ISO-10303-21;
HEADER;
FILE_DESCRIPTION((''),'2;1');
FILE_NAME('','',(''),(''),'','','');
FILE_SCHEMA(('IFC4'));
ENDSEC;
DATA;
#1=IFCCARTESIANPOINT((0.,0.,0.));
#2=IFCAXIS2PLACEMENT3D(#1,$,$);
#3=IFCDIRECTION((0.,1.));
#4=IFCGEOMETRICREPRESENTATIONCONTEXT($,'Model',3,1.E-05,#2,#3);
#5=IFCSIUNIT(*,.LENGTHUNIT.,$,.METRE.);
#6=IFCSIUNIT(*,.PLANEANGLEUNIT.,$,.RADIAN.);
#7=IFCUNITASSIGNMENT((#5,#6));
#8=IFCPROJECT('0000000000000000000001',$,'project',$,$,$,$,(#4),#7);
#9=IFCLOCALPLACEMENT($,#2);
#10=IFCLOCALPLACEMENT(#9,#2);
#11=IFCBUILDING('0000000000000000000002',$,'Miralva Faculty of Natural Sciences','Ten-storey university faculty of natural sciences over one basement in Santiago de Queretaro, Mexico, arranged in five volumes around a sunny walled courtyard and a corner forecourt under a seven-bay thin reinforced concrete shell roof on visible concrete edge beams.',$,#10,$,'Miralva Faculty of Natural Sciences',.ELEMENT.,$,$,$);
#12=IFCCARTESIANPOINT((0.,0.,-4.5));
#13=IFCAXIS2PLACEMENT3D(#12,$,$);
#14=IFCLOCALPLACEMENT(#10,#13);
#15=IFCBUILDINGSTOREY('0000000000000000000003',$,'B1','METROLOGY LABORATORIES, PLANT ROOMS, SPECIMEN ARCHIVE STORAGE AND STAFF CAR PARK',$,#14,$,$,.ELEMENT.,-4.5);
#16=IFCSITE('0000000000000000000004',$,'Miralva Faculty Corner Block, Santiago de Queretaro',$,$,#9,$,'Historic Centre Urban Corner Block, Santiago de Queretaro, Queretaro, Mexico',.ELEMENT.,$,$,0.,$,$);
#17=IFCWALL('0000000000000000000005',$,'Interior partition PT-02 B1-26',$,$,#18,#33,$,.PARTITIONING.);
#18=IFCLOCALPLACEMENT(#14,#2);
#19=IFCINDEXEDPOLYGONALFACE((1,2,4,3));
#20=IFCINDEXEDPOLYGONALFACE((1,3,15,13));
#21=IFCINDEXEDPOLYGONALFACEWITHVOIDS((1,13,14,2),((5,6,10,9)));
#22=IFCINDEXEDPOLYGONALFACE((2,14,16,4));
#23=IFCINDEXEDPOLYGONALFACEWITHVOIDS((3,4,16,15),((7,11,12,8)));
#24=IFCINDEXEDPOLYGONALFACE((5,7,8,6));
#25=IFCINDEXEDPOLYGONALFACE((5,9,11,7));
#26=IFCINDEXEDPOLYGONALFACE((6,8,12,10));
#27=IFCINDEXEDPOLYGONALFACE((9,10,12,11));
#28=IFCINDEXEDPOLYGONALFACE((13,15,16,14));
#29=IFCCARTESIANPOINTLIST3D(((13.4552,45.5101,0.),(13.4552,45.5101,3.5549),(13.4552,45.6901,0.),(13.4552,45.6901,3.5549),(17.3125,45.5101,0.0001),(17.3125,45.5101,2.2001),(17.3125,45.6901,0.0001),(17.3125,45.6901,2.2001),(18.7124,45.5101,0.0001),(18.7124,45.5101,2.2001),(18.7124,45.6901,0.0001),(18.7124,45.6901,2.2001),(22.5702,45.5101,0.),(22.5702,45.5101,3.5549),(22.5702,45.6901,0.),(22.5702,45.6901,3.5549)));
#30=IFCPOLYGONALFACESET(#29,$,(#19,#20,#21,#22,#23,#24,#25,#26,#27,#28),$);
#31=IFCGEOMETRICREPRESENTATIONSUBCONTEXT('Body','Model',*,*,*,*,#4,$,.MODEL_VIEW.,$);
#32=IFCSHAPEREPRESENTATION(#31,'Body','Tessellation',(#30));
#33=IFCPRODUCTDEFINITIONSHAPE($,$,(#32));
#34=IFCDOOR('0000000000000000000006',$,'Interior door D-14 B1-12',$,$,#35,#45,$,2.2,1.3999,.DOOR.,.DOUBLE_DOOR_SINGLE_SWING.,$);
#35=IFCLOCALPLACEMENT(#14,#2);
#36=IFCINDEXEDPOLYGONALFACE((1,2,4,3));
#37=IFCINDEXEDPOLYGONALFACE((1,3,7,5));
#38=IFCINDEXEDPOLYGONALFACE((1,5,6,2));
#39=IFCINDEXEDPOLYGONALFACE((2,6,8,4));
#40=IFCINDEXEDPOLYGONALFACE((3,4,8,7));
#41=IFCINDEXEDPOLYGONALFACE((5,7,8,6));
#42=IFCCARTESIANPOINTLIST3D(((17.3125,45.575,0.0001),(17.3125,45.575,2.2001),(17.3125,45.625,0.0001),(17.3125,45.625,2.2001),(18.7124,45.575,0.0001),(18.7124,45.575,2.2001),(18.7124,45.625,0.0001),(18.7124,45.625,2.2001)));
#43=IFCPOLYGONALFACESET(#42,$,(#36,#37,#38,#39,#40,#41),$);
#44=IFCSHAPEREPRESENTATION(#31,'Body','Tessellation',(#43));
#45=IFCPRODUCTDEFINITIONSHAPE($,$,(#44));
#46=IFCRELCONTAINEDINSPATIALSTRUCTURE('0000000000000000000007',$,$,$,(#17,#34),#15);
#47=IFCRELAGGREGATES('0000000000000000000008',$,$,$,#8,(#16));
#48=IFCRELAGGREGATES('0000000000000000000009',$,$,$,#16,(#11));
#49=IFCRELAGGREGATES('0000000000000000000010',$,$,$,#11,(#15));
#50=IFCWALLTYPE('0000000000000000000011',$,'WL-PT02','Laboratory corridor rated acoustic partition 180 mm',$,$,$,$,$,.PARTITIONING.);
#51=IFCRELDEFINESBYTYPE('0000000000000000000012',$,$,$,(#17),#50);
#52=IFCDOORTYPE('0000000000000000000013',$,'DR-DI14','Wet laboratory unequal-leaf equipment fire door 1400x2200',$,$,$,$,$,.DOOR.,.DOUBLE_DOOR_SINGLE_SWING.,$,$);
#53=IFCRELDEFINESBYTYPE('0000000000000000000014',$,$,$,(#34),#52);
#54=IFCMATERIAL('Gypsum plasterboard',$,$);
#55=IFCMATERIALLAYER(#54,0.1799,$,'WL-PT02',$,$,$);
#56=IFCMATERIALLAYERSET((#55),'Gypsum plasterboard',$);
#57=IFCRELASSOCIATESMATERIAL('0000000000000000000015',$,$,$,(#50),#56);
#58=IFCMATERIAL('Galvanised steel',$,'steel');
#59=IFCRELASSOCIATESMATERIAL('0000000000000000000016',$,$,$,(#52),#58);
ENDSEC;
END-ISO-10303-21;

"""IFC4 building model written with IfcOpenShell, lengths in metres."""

from ifc_helpers import new_model, si_unit, direction, frame, frame_2d, origin, place, context, subcontext, project, spatial, rectangle, extrude, material, layer, layer_set, type_object, element, fill, save


model = new_model("IFC4")

# Units and contexts
model_context = context("Model", 3, precision=1e-05, world=origin(), true_north=direction((0.0, 1.0)))
body_context = subcontext(model_context, "Body", "Model", "MODEL_VIEW")
ifc_project = project(units=[si_unit("LENGTHUNIT", "METRE"), si_unit("PLANEANGLEUNIT", "RADIAN")], contexts=[model_context])

# Site, building, storey
site_placement = place(None, origin())
site = spatial("IfcSite", under=ifc_project, at=site_placement, Name="Miralva Faculty Corner Block, Santiago de Queretaro", LongName="Historic Centre Urban Corner Block, Santiago de Queretaro, Queretaro, Mexico", CompositionType="ELEMENT", RefElevation=0.0)
building_placement = place(site_placement, origin())
building = spatial("IfcBuilding", under=site, at=building_placement, Name="Miralva Faculty of Natural Sciences", Description="Ten-storey university faculty of natural sciences over one basement in Santiago de Queretaro, Mexico, arranged in five volumes around a sunny walled courtyard and a corner forecourt under a seven-bay thin reinforced concrete shell roof on visible concrete edge beams.", LongName="Miralva Faculty of Natural Sciences", CompositionType="ELEMENT")
storey_placement = place(building_placement, frame((0.0, 0.0, -4.5)))
storey = spatial("IfcBuildingStorey", under=building, at=storey_placement, Name="B1", Description="METROLOGY LABORATORIES, PLANT ROOMS, SPECIMEN ARCHIVE STORAGE AND STAFF CAR PARK", CompositionType="ELEMENT", Elevation=-4.5)

# Wall, opening, door
ifc_material_1 = material(Name="Gypsum plasterboard")
ifc_layer_1 = layer(ifc_material_1, 0.1799, Name="WL-PT02")
ifc_layer_set_1 = layer_set([ifc_layer_1], Name="Gypsum plasterboard")
wall_type = type_object("IfcWallType", Name="WL-PT02", Description="Laboratory corridor rated acoustic partition 180 mm", PredefinedType="PARTITIONING", material=ifc_layer_set_1)
wall_placement = place(storey_placement, frame((13.4551, 45.6001, 0.0), z_axis=(0.0, 0.0, 1.0), x_axis=(1.0, 0.0, 0.0)))
wall = element("IfcWall", 1, at=wall_placement, inside=storey, type_object=wall_type, Name="Interior partition PT-02 B1-26", PredefinedType="PARTITIONING", context=body_context, shape_type="SweptSolid", body=[
    extrude(rectangle(XDim=9.115, YDim=0.1799, at=frame_2d((4.5576, 0.0))), origin(), (0.0, 0.0, 1.0), 3.5549),
])
opening_placement = place(wall_placement, frame((3.8574, 0.0, 0.0)))
opening = element("IfcOpeningElement", 2, at=opening_placement, cuts=wall, PredefinedType="OPENING", context=body_context, shape_type="SweptSolid", body=[
    extrude(rectangle(XDim=1.3999, YDim=2.2, at=frame_2d((0.7, 1.1001))), frame((0.0, 0.0999, 0.0), z_axis=(0.0, -1.0, 0.0), x_axis=(1.0, 0.0, 0.0)), (0.0, 0.0, 1.0), 0.2),
])
ifc_material_2 = material(Name="Galvanised steel", Category="steel")
door_type = type_object("IfcDoorType", Name="DR-DI14", Description="Wet laboratory unequal-leaf equipment fire door 1400x2200", OperationType="DOUBLE_DOOR_SINGLE_SWING", PredefinedType="DOOR", material=ifc_material_2)
door_placement = place(opening_placement, origin())
door = element("IfcDoor", 3, at=door_placement, inside=storey, type_object=door_type, Name="Interior door D-14 B1-12", OperationType="DOUBLE_DOOR_SINGLE_SWING", OverallHeight=2.2, OverallWidth=1.3999, PredefinedType="DOOR", context=body_context, shape_type="SweptSolid", body=[
    extrude(rectangle(XDim=1.3999, YDim=2.2, at=frame_2d((0.7, 1.1001))), frame((0.0, 0.0249, 0.0), z_axis=(0.0, -1.0, 0.0), x_axis=(1.0, 0.0, 0.0)), (0.0, 0.0, 1.0), 0.05),
])
fill(opening, door)

save(model, "model.ifc")
